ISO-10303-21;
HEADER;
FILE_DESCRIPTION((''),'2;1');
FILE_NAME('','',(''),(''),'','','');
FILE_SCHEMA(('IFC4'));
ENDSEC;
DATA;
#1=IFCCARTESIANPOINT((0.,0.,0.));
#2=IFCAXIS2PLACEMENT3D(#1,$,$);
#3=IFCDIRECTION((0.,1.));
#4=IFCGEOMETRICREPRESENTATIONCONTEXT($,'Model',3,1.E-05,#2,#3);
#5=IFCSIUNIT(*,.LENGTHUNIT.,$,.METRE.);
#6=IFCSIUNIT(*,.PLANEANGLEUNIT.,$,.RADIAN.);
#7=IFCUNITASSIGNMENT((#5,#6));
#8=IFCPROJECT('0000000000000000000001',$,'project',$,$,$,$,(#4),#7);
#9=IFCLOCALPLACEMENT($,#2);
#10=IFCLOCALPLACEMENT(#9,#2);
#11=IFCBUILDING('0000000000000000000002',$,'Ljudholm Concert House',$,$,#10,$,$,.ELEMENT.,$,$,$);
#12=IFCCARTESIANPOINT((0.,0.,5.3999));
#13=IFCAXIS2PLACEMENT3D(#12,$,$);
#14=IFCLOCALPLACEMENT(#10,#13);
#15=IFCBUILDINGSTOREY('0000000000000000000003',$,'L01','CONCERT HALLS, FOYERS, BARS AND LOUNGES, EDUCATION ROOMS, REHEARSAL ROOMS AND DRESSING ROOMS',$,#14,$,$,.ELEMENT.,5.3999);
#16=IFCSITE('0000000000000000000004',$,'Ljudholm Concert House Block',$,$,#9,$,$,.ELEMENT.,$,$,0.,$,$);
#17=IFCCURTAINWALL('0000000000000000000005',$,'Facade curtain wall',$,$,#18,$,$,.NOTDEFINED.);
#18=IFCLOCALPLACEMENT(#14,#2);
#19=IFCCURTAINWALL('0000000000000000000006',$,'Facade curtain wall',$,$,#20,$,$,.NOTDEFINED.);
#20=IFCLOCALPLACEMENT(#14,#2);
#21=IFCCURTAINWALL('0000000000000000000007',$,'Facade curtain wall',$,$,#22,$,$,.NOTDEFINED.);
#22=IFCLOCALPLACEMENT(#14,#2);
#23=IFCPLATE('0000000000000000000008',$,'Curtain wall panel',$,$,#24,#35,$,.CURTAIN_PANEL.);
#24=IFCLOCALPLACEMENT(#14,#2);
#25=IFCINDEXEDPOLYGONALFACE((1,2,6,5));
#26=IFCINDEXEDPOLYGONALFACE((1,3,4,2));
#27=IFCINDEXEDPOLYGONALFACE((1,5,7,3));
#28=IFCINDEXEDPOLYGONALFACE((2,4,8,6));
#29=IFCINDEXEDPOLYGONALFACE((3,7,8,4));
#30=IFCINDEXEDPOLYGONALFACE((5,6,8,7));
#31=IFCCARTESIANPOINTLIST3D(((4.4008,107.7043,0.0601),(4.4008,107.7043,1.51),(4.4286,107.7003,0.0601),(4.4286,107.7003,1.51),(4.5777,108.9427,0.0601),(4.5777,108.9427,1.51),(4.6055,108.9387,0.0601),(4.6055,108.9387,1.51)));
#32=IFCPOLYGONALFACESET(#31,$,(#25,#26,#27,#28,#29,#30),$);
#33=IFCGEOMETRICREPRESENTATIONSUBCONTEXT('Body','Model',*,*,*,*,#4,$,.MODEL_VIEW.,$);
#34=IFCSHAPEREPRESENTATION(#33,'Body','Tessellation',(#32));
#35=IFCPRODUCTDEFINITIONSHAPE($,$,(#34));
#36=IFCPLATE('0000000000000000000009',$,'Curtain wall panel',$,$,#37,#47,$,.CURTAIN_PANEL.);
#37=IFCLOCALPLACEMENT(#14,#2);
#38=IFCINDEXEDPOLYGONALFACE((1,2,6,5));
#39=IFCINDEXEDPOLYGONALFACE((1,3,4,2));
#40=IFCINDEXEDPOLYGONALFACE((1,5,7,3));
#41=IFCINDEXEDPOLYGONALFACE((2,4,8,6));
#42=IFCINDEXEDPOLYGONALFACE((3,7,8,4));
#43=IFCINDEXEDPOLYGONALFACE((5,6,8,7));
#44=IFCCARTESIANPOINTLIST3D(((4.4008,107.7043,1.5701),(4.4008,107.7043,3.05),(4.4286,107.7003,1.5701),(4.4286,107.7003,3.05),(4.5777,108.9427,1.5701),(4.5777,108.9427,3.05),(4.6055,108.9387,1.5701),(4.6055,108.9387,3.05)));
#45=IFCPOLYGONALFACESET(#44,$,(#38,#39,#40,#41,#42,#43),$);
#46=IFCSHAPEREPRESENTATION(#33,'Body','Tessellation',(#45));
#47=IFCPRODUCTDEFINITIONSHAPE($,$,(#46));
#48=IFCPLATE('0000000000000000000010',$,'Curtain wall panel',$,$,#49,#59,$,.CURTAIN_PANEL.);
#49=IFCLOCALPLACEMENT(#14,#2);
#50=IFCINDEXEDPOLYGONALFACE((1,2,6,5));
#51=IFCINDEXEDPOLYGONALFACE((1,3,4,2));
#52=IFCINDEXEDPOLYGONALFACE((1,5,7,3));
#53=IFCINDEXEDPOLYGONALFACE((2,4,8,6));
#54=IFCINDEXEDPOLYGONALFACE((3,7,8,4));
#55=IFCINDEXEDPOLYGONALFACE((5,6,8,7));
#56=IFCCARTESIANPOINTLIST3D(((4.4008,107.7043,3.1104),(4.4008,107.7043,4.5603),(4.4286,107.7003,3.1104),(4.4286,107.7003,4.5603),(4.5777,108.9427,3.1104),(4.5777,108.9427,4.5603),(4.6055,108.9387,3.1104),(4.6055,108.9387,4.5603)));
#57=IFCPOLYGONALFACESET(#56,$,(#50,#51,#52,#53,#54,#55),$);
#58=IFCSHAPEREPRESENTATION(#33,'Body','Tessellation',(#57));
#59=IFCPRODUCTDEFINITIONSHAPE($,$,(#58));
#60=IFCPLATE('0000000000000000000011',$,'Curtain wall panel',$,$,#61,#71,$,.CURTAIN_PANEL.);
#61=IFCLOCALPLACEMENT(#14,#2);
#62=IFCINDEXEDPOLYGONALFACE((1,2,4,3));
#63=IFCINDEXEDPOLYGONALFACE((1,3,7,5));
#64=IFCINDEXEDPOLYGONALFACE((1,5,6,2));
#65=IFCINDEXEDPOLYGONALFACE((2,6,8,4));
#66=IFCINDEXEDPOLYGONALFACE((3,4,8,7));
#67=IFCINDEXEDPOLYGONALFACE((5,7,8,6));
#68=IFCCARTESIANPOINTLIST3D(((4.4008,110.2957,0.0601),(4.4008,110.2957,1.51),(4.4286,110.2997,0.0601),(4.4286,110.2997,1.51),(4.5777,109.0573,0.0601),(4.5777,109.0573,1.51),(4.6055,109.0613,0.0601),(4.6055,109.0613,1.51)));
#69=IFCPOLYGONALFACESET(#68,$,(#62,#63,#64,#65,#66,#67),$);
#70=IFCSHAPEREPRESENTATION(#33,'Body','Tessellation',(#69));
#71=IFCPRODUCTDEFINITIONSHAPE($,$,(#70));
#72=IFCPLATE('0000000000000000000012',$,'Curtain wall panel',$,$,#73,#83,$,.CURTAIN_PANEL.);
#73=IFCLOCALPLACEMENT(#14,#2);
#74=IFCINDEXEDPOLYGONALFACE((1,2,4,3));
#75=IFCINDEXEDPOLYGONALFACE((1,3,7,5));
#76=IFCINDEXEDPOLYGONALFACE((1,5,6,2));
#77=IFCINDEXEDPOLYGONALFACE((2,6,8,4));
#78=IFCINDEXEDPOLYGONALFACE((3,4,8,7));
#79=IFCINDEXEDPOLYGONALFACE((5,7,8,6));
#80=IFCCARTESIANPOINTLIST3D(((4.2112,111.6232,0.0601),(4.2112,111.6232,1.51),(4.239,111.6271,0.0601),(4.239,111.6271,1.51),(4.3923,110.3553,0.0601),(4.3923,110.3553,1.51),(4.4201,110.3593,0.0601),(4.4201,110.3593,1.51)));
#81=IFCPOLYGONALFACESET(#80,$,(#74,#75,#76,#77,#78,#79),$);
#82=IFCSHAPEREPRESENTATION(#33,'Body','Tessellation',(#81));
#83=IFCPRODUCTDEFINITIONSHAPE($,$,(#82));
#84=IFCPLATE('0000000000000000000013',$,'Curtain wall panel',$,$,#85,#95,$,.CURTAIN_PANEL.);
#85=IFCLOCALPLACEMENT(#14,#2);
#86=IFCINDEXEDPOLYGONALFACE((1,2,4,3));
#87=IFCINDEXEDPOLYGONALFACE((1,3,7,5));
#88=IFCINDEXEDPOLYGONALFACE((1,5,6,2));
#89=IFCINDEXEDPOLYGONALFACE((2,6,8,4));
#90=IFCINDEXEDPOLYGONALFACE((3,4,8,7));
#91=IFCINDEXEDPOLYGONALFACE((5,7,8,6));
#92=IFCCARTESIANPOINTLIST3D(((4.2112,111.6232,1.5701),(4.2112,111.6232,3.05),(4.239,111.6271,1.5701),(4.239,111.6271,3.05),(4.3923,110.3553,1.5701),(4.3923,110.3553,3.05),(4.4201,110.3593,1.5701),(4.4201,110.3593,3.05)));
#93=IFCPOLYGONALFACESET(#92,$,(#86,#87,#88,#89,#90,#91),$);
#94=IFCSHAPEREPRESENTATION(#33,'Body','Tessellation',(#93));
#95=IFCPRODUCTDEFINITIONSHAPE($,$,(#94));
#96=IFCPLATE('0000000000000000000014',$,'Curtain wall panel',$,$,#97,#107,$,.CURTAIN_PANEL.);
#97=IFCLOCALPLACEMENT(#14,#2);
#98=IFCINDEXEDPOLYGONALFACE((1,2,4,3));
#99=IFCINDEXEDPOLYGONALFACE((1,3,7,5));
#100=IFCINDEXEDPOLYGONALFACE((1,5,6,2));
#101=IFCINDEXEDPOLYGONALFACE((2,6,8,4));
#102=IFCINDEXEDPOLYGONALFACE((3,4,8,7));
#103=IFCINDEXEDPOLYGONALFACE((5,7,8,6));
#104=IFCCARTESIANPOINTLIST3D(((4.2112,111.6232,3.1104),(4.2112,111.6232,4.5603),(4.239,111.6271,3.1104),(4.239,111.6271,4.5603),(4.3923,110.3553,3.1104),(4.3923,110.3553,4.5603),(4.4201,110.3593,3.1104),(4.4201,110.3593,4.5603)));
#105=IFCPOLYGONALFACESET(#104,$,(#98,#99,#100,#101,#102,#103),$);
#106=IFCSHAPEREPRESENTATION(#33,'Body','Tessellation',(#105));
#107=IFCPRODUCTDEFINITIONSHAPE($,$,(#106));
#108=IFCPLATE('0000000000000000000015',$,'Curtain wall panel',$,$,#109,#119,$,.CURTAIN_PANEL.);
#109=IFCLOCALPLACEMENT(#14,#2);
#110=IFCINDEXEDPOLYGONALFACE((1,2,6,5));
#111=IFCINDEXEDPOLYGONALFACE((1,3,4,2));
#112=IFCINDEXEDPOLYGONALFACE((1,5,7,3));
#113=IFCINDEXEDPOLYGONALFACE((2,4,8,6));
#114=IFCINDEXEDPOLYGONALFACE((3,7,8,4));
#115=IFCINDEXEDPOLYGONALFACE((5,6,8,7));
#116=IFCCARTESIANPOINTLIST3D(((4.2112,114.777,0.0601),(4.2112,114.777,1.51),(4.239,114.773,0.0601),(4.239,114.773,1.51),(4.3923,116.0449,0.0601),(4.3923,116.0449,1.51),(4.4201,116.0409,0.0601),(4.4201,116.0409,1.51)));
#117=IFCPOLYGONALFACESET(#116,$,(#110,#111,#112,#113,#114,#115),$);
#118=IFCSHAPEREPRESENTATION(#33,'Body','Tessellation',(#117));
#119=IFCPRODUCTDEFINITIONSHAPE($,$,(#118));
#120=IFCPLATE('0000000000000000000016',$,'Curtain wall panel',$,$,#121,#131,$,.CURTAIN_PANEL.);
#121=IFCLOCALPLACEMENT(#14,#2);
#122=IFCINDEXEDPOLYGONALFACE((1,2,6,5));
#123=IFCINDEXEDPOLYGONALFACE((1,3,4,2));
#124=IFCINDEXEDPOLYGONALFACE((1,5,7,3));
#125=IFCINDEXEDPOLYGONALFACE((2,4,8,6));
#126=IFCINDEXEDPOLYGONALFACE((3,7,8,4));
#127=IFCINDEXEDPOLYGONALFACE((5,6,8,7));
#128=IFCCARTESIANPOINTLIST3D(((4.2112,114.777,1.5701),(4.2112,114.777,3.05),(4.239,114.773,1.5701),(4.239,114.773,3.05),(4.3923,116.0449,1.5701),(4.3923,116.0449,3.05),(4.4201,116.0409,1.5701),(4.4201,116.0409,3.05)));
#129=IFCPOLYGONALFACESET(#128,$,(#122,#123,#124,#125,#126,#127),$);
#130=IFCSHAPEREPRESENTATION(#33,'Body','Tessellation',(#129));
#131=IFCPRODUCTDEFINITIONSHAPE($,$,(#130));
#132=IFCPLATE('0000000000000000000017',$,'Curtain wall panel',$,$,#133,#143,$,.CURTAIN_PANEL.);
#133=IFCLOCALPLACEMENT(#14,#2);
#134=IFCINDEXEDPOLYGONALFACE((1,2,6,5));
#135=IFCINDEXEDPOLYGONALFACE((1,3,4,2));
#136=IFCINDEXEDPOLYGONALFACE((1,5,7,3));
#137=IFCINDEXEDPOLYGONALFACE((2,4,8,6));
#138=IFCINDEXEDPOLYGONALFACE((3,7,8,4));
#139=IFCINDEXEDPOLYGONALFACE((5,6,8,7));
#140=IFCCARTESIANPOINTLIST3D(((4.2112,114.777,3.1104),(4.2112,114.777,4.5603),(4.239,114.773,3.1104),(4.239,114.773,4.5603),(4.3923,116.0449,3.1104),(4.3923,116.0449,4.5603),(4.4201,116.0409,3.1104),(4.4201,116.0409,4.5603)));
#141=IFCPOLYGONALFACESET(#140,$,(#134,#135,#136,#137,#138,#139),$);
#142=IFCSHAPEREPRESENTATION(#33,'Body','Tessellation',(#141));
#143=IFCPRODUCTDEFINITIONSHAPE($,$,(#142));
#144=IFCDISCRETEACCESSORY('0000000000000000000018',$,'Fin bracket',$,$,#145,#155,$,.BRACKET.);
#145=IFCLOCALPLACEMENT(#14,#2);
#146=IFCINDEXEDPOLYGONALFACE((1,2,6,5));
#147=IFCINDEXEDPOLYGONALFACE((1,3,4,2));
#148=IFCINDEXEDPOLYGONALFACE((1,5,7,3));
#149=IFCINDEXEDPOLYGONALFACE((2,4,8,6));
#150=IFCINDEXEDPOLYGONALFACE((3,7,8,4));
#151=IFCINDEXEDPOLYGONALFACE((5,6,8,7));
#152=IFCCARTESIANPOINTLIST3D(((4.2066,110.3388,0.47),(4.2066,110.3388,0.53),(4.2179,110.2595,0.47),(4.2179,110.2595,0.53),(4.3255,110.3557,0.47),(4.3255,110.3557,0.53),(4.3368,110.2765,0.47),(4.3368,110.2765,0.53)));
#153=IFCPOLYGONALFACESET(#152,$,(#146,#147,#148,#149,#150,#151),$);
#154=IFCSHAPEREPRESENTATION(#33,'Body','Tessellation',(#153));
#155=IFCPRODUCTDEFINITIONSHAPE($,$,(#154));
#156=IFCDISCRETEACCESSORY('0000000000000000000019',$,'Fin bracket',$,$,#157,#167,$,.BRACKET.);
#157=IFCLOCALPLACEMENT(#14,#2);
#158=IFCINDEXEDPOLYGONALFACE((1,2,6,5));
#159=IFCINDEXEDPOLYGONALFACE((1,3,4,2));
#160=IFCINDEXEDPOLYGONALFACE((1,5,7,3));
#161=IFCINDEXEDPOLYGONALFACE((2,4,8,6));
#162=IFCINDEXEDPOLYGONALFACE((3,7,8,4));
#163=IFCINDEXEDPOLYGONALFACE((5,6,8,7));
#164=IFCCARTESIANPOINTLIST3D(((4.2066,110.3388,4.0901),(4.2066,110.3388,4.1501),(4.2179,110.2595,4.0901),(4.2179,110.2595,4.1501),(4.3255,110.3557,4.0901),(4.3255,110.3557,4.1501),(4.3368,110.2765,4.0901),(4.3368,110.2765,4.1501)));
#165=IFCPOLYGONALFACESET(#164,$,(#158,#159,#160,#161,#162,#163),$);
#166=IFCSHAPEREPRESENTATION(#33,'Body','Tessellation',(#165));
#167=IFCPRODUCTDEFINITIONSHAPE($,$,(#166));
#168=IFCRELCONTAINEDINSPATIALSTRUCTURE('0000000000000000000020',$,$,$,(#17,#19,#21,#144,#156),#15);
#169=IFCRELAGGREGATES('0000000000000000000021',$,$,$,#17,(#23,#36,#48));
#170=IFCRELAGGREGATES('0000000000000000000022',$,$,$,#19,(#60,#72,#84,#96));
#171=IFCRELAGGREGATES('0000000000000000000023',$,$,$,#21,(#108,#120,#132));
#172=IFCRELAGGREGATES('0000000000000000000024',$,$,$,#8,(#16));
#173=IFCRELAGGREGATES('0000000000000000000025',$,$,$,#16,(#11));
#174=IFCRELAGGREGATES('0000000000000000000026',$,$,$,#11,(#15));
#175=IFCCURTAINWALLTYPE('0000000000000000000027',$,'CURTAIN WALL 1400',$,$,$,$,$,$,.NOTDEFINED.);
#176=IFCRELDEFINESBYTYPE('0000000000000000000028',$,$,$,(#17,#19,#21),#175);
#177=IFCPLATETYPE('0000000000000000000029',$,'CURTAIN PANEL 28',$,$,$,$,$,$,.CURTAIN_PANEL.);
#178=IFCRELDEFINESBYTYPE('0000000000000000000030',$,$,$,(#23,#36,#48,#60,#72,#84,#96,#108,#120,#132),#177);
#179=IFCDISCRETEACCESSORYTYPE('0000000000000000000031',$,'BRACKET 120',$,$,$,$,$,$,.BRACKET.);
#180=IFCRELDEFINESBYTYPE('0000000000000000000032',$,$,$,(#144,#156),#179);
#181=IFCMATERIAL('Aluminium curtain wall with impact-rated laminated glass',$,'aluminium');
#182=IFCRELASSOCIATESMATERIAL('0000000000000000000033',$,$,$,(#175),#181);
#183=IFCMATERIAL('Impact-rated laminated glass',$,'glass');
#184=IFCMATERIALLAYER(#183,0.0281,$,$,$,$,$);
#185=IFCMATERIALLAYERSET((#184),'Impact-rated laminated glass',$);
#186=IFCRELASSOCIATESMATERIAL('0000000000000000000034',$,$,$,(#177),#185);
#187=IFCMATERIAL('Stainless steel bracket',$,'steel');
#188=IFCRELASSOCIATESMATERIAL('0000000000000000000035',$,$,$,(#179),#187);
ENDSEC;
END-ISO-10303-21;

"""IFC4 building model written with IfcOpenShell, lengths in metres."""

from ifc_helpers import new_model, si_unit, direction, frame, origin, origin_2d, place, context, subcontext, project, spatial, rectangle, extrude, material, layer, layer_set, type_object, element, aggregate, save


model = new_model("IFC4")

# Units and contexts
model_context = context("Model", 3, precision=1e-05, world=origin(), true_north=direction((0.0, 1.0)))
body_context = subcontext(model_context, "Body", "Model", "MODEL_VIEW")
ifc_project = project(units=[si_unit("LENGTHUNIT", "METRE"), si_unit("PLANEANGLEUNIT", "RADIAN")], contexts=[model_context])

# Site, building, storey
site_placement = place(None, origin())
site = spatial("IfcSite", under=ifc_project, at=site_placement, Name="Ljudholm Concert House Block", CompositionType="ELEMENT", RefElevation=0.0)
building_placement = place(site_placement, origin())
building = spatial("IfcBuilding", under=site, at=building_placement, Name="Ljudholm Concert House", CompositionType="ELEMENT")
storey_placement = place(building_placement, frame((0.0, 0.0, 5.3999)))
storey = spatial("IfcBuildingStorey", under=building, at=storey_placement, Name="L01", Description="CONCERT HALLS, FOYERS, BARS AND LOUNGES, EDUCATION ROOMS, REHEARSAL ROOMS AND DRESSING ROOMS", CompositionType="ELEMENT", Elevation=5.3999)

# Curtain walls
ifc_material_1 = material(Name="Aluminium curtain wall with impact-rated laminated glass", Category="aluminium")
curtain_wall_type = type_object("IfcCurtainWallType", Name="CURTAIN WALL 1400", PredefinedType="NOTDEFINED", material=ifc_material_1)
curtain_wall_1_placement = place(storey_placement, origin())
curtain_wall_1 = element("IfcCurtainWall", 1, at=curtain_wall_1_placement, inside=storey, type_object=curtain_wall_type, Name="Facade curtain wall", PredefinedType="NOTDEFINED")
curtain_wall_2_placement = place(storey_placement, origin())
curtain_wall_2 = element("IfcCurtainWall", 2, at=curtain_wall_2_placement, inside=storey, type_object=curtain_wall_type, Name="Facade curtain wall", PredefinedType="NOTDEFINED")
curtain_wall_3_placement = place(storey_placement, origin())
curtain_wall_3 = element("IfcCurtainWall", 3, at=curtain_wall_3_placement, inside=storey, type_object=curtain_wall_type, Name="Facade curtain wall", PredefinedType="NOTDEFINED")

# Plates
ifc_material_2 = material(Name="Impact-rated laminated glass", Category="glass")
ifc_layer = layer(ifc_material_2, 0.0281)
ifc_layer_set = layer_set([ifc_layer], Name="Impact-rated laminated glass")
plate_type = type_object("IfcPlateType", Name="CURTAIN PANEL 28", PredefinedType="CURTAIN_PANEL", material=ifc_layer_set)
plate_1_placement = place(storey_placement, frame((4.5032, 108.3215, 0.0601), z_axis=(0.0, 0.0, 1.0), x_axis=(0.141421, 0.989949, 0.0)))
plate_1 = element("IfcPlate", 4, at=plate_1_placement, type_object=plate_type, Name="Curtain wall panel", PredefinedType="CURTAIN_PANEL", context=body_context, shape_type="SweptSolid", body=[
    extrude(rectangle(XDim=1.251, YDim=0.0281, at=origin_2d()), origin(), (0.0, 0.0, 1.0), 1.45),
])
plate_2_placement = place(storey_placement, frame((4.5032, 108.3215, 1.5701), z_axis=(0.0, 0.0, 1.0), x_axis=(0.141421, 0.989949, 0.0)))
plate_2 = element("IfcPlate", 5, at=plate_2_placement, type_object=plate_type, Name="Curtain wall panel", PredefinedType="CURTAIN_PANEL", context=body_context, shape_type="SweptSolid", body=[
    extrude(rectangle(XDim=1.251, YDim=0.0281, at=origin_2d()), origin(), (0.0, 0.0, 1.0), 1.48),
])
plate_3_placement = place(storey_placement, frame((4.5032, 108.3215, 3.1104), z_axis=(0.0, 0.0, 1.0), x_axis=(0.141421, 0.989949, 0.0)))
plate_3 = element("IfcPlate", 6, at=plate_3_placement, type_object=plate_type, Name="Curtain wall panel", PredefinedType="CURTAIN_PANEL", context=body_context, shape_type="SweptSolid", body=[
    extrude(rectangle(XDim=1.251, YDim=0.0281, at=origin_2d()), origin(), (0.0, 0.0, 1.0), 1.45),
])
aggregate(curtain_wall_1, [plate_1, plate_2, plate_3])
plate_4_placement = place(storey_placement, frame((4.5032, 109.6785, 0.0601), z_axis=(0.0, 0.0, 1.0), x_axis=(-0.141421, 0.989949, 0.0)))
plate_4 = element("IfcPlate", 7, at=plate_4_placement, type_object=plate_type, Name="Curtain wall panel", PredefinedType="CURTAIN_PANEL", context=body_context, shape_type="SweptSolid", body=[
    extrude(rectangle(XDim=1.251, YDim=0.0281, at=origin_2d()), origin(), (0.0, 0.0, 1.0), 1.45),
])
plate_5_placement = place(storey_placement, frame((4.3157, 110.9912, 0.0601), z_axis=(0.0, 0.0, 1.0), x_axis=(-0.141421, 0.989949, 0.0)))
plate_5 = element("IfcPlate", 8, at=plate_5_placement, type_object=plate_type, Name="Curtain wall panel", PredefinedType="CURTAIN_PANEL", context=body_context, shape_type="SweptSolid", body=[
    extrude(rectangle(XDim=1.2808, YDim=0.0281, at=origin_2d()), origin(), (0.0, 0.0, 1.0), 1.45),
])
plate_6_placement = place(storey_placement, frame((4.3157, 110.9912, 1.5701), z_axis=(0.0, 0.0, 1.0), x_axis=(-0.141421, 0.989949, 0.0)))
plate_6 = element("IfcPlate", 9, at=plate_6_placement, type_object=plate_type, Name="Curtain wall panel", PredefinedType="CURTAIN_PANEL", context=body_context, shape_type="SweptSolid", body=[
    extrude(rectangle(XDim=1.2808, YDim=0.0281, at=origin_2d()), origin(), (0.0, 0.0, 1.0), 1.48),
])
plate_7_placement = place(storey_placement, frame((4.3157, 110.9912, 3.1104), z_axis=(0.0, 0.0, 1.0), x_axis=(-0.141421, 0.989949, 0.0)))
plate_7 = element("IfcPlate", 10, at=plate_7_placement, type_object=plate_type, Name="Curtain wall panel", PredefinedType="CURTAIN_PANEL", context=body_context, shape_type="SweptSolid", body=[
    extrude(rectangle(XDim=1.2808, YDim=0.0281, at=origin_2d()), origin(), (0.0, 0.0, 1.0), 1.45),
])
aggregate(curtain_wall_2, [plate_4, plate_5, plate_6, plate_7])
plate_8_placement = place(storey_placement, frame((4.3157, 115.4089, 0.0601), z_axis=(0.0, 0.0, 1.0), x_axis=(0.141421, 0.989949, 0.0)))
plate_8 = element("IfcPlate", 11, at=plate_8_placement, type_object=plate_type, Name="Curtain wall panel", PredefinedType="CURTAIN_PANEL", context=body_context, shape_type="SweptSolid", body=[
    extrude(rectangle(XDim=1.2808, YDim=0.0281, at=origin_2d()), origin(), (0.0, 0.0, 1.0), 1.45),
])
plate_9_placement = place(storey_placement, frame((4.3157, 115.4089, 1.5701), z_axis=(0.0, 0.0, 1.0), x_axis=(0.141421, 0.989949, 0.0)))
plate_9 = element("IfcPlate", 12, at=plate_9_placement, type_object=plate_type, Name="Curtain wall panel", PredefinedType="CURTAIN_PANEL", context=body_context, shape_type="SweptSolid", body=[
    extrude(rectangle(XDim=1.2808, YDim=0.0281, at=origin_2d()), origin(), (0.0, 0.0, 1.0), 1.48),
])
plate_10_placement = place(storey_placement, frame((4.3157, 115.4089, 3.1104), z_axis=(0.0, 0.0, 1.0), x_axis=(0.141421, 0.989949, 0.0)))
plate_10 = element("IfcPlate", 13, at=plate_10_placement, type_object=plate_type, Name="Curtain wall panel", PredefinedType="CURTAIN_PANEL", context=body_context, shape_type="SweptSolid", body=[
    extrude(rectangle(XDim=1.2808, YDim=0.0281, at=origin_2d()), origin(), (0.0, 0.0, 1.0), 1.45),
])
aggregate(curtain_wall_3, [plate_8, plate_9, plate_10])

# Discrete accessories
ifc_material_3 = material(Name="Stainless steel bracket", Category="steel")
discrete_accessory_type = type_object("IfcDiscreteAccessoryType", Name="BRACKET 120", PredefinedType="BRACKET", material=ifc_material_3)
for number, where, z_axis, x_axis, name in (
    (14, (4.2717, 110.3076, 0.47), (0.0, 0.0, 1.0), (-0.989949, -0.141421, 0.0), "Fin bracket"),
    (15, (4.2717, 110.3076, 4.0901), (0.0, 0.0, 1.0), (-0.989949, -0.141421, 0.0), "Fin bracket"),
):
    element("IfcDiscreteAccessory", number, at=place(storey_placement, frame(where, z_axis=z_axis, x_axis=x_axis)), inside=storey, type_object=discrete_accessory_type, Name=name, PredefinedType="BRACKET", context=body_context, shape_type="SweptSolid", body=[
        extrude(rectangle(XDim=0.1201, YDim=0.0801, at=origin_2d()), origin(), (0.0, 0.0, 1.0), 0.0601),
    ])

save(model, "model.ifc")
